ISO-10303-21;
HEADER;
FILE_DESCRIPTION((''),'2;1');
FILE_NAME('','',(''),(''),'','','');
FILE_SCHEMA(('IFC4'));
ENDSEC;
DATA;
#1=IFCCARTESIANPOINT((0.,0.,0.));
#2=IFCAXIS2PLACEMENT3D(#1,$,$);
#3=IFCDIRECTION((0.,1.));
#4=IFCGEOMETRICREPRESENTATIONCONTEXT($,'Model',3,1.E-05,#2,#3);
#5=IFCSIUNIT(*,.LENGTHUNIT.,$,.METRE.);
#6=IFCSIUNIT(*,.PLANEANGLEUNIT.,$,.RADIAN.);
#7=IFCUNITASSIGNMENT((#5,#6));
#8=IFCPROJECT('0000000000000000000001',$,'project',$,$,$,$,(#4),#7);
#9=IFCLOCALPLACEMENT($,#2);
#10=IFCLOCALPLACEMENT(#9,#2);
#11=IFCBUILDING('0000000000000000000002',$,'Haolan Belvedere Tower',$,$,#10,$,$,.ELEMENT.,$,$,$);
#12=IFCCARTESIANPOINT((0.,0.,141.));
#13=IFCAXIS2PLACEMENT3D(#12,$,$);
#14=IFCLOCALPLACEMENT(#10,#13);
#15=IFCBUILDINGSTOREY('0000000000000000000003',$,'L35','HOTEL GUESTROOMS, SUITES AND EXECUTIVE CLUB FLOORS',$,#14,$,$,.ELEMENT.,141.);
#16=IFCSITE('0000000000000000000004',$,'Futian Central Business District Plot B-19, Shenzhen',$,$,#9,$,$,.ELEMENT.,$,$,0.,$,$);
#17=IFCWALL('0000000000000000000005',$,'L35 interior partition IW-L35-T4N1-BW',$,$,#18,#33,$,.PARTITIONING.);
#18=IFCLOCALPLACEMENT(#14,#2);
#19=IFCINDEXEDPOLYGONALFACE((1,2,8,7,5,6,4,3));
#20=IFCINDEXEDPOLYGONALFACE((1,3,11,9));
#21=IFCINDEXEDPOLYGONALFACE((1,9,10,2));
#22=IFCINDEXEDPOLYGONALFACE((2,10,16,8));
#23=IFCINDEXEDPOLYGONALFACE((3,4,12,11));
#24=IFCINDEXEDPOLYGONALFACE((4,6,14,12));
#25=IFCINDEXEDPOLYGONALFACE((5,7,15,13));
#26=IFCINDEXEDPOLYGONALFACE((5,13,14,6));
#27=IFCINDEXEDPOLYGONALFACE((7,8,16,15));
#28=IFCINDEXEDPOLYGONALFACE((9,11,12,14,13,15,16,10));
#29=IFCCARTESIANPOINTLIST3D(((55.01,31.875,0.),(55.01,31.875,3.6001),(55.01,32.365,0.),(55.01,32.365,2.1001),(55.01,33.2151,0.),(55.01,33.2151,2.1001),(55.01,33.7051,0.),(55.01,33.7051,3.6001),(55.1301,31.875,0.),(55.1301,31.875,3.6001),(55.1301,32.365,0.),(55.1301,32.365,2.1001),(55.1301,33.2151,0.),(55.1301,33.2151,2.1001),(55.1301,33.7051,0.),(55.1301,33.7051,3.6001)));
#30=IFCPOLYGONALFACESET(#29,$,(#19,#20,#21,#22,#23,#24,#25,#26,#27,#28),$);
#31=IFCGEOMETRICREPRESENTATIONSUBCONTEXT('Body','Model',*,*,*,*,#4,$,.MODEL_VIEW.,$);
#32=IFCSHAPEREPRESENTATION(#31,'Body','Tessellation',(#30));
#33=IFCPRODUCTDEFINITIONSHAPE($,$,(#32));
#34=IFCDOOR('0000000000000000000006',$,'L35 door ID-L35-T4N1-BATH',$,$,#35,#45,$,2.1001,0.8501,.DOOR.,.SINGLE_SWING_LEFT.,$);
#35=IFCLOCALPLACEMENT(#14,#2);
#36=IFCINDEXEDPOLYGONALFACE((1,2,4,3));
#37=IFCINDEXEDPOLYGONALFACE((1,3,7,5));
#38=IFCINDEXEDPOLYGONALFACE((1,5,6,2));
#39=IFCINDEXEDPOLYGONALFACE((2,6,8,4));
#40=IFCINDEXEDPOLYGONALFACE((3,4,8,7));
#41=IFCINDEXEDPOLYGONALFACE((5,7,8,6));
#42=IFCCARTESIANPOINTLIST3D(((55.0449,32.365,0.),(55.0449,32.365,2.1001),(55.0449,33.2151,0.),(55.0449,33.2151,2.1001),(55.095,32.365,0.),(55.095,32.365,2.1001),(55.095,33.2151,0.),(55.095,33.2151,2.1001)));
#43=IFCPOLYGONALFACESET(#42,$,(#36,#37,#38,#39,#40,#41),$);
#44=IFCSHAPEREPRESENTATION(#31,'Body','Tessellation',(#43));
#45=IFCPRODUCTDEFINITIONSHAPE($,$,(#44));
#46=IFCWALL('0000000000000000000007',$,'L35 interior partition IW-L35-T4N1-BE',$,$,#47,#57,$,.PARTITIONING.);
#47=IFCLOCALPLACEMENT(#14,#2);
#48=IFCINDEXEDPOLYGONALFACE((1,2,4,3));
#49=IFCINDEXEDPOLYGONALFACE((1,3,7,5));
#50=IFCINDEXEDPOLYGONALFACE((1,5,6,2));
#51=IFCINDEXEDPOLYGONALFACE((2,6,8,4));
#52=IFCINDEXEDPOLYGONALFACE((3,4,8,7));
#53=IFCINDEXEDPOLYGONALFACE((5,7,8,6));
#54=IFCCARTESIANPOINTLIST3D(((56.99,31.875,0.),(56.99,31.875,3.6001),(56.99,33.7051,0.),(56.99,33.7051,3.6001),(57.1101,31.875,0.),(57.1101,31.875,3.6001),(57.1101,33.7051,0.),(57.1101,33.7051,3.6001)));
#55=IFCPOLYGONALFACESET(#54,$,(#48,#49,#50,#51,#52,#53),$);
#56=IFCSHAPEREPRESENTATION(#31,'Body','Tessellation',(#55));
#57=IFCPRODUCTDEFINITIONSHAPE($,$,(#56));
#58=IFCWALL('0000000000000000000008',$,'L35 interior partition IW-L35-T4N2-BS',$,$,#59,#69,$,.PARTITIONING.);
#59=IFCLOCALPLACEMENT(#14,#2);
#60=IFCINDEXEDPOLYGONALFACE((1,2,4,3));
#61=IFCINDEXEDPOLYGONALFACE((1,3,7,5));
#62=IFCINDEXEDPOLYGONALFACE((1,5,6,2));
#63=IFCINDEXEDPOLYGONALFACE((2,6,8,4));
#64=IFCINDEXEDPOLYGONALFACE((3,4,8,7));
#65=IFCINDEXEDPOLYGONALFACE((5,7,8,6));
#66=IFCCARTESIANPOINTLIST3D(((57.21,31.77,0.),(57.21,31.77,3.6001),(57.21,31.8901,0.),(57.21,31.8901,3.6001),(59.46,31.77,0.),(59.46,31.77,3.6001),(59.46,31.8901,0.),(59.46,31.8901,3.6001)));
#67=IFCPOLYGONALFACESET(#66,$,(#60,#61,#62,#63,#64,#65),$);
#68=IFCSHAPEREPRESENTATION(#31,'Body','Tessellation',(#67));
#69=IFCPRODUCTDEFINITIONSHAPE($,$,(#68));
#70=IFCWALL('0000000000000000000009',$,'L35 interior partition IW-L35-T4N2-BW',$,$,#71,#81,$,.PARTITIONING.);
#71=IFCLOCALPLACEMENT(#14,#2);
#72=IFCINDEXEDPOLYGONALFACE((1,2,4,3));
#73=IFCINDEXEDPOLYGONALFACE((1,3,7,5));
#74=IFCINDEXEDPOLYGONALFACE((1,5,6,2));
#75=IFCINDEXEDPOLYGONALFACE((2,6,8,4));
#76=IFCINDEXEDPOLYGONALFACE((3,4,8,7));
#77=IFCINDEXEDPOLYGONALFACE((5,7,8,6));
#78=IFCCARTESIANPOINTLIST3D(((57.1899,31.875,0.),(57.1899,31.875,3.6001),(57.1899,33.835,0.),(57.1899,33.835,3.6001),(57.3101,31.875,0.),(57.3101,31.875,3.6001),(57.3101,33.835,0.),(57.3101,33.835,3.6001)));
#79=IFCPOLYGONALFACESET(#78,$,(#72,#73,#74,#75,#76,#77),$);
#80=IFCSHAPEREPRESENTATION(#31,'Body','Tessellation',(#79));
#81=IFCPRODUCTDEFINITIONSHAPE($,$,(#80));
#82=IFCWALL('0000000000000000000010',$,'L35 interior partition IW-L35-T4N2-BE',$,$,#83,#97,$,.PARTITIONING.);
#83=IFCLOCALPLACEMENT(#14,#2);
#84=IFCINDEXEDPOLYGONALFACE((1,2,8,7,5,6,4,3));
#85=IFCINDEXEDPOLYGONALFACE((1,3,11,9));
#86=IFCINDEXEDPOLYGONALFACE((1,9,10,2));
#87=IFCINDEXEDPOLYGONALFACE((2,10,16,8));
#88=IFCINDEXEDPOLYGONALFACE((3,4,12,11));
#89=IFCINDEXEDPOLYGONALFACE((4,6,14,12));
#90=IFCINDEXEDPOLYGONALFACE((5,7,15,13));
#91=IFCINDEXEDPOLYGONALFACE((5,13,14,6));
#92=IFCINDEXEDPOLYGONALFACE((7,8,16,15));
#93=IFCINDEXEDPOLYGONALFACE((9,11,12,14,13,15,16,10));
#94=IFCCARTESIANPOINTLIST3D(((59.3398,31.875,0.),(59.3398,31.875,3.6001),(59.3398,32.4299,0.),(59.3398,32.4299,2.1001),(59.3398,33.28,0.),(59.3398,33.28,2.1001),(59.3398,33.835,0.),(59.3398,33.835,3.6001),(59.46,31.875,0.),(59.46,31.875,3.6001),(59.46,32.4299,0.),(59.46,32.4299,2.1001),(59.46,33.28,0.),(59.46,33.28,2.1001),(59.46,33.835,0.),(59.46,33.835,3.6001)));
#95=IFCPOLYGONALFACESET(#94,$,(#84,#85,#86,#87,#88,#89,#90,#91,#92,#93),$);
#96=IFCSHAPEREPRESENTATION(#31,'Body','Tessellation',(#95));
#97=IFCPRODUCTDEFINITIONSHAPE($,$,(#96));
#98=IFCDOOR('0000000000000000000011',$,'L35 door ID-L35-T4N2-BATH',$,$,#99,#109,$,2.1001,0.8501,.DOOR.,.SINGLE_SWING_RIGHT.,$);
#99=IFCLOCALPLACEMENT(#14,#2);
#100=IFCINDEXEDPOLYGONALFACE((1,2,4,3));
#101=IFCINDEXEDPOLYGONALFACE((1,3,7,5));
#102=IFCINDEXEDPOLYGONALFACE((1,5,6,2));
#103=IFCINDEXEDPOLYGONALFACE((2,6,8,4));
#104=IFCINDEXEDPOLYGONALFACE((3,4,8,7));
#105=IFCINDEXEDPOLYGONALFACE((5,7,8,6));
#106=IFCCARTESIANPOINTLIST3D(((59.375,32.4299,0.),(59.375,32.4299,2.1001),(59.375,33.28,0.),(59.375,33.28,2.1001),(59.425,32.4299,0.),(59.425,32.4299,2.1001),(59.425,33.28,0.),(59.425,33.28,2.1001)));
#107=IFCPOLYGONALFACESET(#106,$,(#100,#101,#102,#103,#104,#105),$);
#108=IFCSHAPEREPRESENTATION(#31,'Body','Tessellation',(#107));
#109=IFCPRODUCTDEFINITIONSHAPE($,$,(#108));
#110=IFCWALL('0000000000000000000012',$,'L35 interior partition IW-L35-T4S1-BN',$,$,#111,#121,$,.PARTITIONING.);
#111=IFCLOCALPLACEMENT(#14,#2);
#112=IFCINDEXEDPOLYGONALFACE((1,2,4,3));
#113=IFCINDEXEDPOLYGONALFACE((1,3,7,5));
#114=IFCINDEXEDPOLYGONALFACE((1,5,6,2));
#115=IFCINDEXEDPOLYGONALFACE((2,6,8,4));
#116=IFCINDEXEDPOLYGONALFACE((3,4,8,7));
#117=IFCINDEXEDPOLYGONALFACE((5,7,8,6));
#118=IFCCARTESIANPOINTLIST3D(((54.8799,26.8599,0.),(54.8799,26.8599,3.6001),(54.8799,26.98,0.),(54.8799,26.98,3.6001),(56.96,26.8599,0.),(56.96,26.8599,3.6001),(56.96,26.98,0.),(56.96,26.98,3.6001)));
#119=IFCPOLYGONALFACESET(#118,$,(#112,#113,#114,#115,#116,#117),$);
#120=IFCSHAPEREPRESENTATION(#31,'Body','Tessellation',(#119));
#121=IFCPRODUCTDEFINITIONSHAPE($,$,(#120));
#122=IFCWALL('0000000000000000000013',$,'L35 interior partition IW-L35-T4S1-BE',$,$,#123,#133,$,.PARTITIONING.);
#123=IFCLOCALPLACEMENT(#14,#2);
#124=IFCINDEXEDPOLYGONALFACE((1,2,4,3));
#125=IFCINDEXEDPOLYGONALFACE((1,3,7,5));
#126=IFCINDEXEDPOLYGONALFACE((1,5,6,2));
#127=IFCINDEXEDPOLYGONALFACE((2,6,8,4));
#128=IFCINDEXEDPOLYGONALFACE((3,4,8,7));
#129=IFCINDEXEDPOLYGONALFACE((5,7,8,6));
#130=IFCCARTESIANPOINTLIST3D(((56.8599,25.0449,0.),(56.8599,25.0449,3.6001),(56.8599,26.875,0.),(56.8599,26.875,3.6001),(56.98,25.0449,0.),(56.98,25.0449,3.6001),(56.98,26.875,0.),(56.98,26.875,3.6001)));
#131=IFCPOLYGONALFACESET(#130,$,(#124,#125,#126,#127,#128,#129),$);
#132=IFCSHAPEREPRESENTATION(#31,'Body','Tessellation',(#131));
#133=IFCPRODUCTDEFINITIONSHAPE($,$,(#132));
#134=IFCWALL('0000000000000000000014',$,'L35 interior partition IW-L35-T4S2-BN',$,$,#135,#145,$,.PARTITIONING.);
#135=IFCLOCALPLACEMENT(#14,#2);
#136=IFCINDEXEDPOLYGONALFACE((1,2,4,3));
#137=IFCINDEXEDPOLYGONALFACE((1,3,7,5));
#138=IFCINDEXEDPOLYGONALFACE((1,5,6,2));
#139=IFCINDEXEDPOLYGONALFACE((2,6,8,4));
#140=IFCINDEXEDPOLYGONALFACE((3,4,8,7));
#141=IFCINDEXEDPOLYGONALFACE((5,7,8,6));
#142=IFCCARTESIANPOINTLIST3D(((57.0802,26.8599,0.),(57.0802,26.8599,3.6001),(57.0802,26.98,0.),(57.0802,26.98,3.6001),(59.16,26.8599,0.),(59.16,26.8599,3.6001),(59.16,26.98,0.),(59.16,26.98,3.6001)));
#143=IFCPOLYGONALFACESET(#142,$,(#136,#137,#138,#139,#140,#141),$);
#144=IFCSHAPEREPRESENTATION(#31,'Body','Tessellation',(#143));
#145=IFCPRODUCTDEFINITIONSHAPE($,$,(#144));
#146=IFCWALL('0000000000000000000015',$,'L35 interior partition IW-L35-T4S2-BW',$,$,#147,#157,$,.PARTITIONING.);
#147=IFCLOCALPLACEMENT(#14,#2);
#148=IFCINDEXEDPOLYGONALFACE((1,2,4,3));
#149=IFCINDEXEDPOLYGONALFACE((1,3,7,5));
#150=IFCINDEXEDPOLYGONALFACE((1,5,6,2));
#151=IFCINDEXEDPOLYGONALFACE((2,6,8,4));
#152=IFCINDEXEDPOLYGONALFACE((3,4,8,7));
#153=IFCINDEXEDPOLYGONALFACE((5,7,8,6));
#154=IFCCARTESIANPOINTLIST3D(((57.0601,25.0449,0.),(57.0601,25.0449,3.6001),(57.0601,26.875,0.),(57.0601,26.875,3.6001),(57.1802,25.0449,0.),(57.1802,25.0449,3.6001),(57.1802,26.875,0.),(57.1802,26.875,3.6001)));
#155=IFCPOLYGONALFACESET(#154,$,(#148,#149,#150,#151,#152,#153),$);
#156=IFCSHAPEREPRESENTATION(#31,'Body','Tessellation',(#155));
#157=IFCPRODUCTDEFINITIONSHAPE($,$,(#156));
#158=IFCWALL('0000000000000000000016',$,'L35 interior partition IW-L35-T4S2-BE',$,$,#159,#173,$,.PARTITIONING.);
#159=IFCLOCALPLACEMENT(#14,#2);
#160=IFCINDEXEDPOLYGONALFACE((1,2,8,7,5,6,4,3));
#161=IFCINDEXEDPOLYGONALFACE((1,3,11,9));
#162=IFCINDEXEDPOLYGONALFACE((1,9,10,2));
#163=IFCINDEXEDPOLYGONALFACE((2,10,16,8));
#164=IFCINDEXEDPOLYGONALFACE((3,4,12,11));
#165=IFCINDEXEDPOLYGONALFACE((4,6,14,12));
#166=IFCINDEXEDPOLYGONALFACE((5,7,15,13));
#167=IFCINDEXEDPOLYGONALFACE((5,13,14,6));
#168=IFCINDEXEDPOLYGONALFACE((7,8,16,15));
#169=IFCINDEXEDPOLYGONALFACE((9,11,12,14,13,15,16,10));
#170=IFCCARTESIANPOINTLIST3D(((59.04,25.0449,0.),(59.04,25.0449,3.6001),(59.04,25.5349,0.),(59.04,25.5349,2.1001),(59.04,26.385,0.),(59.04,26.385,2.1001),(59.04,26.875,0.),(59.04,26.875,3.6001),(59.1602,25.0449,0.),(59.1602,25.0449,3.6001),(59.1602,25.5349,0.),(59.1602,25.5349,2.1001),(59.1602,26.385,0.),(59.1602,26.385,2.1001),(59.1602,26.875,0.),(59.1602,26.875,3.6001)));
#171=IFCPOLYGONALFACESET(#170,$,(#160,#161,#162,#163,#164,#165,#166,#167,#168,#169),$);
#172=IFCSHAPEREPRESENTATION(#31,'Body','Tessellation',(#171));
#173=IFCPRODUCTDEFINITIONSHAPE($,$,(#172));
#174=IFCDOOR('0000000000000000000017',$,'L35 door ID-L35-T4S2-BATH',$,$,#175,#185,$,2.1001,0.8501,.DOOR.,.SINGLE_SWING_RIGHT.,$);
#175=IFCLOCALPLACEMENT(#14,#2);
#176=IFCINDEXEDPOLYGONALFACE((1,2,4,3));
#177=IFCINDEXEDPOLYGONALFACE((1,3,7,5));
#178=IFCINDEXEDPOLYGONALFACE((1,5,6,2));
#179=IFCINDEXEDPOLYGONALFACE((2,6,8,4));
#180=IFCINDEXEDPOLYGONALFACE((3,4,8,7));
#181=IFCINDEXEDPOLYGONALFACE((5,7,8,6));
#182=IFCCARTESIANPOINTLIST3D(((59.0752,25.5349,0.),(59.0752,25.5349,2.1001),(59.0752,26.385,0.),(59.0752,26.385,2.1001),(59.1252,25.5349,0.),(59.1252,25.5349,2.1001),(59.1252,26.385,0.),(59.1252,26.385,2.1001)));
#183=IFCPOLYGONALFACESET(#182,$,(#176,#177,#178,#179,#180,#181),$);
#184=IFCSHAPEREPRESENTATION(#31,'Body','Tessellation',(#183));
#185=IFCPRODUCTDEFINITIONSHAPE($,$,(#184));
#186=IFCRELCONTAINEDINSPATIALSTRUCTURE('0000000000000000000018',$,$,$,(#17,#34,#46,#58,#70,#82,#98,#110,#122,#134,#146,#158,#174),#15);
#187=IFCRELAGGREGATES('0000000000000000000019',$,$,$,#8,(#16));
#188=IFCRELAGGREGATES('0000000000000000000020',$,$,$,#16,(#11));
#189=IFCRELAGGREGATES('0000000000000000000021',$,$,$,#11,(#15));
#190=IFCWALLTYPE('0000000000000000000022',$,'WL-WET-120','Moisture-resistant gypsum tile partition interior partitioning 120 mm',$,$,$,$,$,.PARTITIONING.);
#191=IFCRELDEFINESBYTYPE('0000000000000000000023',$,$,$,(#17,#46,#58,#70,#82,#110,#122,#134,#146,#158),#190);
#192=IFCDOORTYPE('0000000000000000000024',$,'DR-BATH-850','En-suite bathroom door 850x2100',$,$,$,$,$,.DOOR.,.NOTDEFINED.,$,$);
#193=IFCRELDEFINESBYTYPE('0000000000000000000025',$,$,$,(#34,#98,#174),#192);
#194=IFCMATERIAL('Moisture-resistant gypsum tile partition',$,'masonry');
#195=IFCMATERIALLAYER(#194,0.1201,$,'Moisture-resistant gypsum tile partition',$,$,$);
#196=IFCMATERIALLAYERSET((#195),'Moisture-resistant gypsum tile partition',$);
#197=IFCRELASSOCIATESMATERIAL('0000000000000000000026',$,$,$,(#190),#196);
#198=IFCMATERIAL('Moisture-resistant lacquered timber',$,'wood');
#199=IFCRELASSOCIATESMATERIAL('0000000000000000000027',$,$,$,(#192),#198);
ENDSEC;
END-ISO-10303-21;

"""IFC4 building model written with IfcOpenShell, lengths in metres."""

from ifc_helpers import new_model, si_unit, direction, frame, frame_2d, origin, place, context, subcontext, project, spatial, rectangle, extrude, material, layer, layer_set, type_object, element, fill, save


model = new_model("IFC4")

# Units and contexts
model_context = context("Model", 3, precision=1e-05, world=origin(), true_north=direction((0.0, 1.0)))
body_context = subcontext(model_context, "Body", "Model", "MODEL_VIEW")
ifc_project = project(units=[si_unit("LENGTHUNIT", "METRE"), si_unit("PLANEANGLEUNIT", "RADIAN")], contexts=[model_context])

# Site, building, storey
site_placement = place(None, origin())
site = spatial("IfcSite", under=ifc_project, at=site_placement, Name="Futian Central Business District Plot B-19, Shenzhen", CompositionType="ELEMENT", RefElevation=0.0)
building_placement = place(site_placement, origin())
building = spatial("IfcBuilding", under=site, at=building_placement, Name="Haolan Belvedere Tower", CompositionType="ELEMENT")
storey_placement = place(building_placement, frame((0.0, 0.0, 141.0)))
storey = spatial("IfcBuildingStorey", under=building, at=storey_placement, Name="L35", Description="HOTEL GUESTROOMS, SUITES AND EXECUTIVE CLUB FLOORS", CompositionType="ELEMENT", Elevation=141.0)

# Shared definitions
ifc_material_1 = material(Name="Moisture-resistant gypsum tile partition", Category="masonry")
ifc_layer_1 = layer(ifc_material_1, 0.1201, Name="Moisture-resistant gypsum tile partition")
ifc_layer_set_1 = layer_set([ifc_layer_1], Name="Moisture-resistant gypsum tile partition")
wall_type_1 = type_object("IfcWallType", Name="WL-WET-120", Description="Moisture-resistant gypsum tile partition interior partitioning 120 mm", PredefinedType="PARTITIONING", material=ifc_layer_set_1)

# Wall, opening, door
wall_1_placement = place(storey_placement, frame((55.0701, 31.875, 0.0), z_axis=(0.0, 0.0, 1.0), x_axis=(0.0, 1.0, 0.0)))
wall_1 = element("IfcWall", 1, at=wall_1_placement, inside=storey, type_object=wall_type_1, Name="L35 interior partition IW-L35-T4N1-BW", PredefinedType="PARTITIONING", context=body_context, shape_type="SweptSolid", body=[
    extrude(rectangle(XDim=1.8301, YDim=0.1201, at=frame_2d((0.915, 0.0))), origin(), (0.0, 0.0, 1.0), 3.6001),
])
opening_1_placement = place(wall_1_placement, frame((1.3401, 0.0, 0.0), z_axis=(0.0, 0.0, 1.0), x_axis=(-1.0, 0.0, 0.0)))
opening_1 = element("IfcOpeningElement", 2, at=opening_1_placement, cuts=wall_1, PredefinedType="OPENING", context=body_context, shape_type="SweptSolid", body=[
    extrude(rectangle(XDim=0.8501, YDim=2.1001, at=frame_2d((0.425, 1.05))), frame((0.0, 0.0701, 0.0), z_axis=(0.0, -1.0, 0.0), x_axis=(1.0, 0.0, 0.0)), (0.0, 0.0, 1.0), 0.1401),
])
ifc_material_2 = material(Name="Moisture-resistant lacquered timber", Category="wood")
door_type_1 = type_object("IfcDoorType", Name="DR-BATH-850", Description="En-suite bathroom door 850x2100", OperationType="NOTDEFINED", PredefinedType="DOOR", material=ifc_material_2)
door_1_placement = place(opening_1_placement, origin())
door_1 = element("IfcDoor", 3, at=door_1_placement, inside=storey, type_object=door_type_1, Name="L35 door ID-L35-T4N1-BATH", OperationType="SINGLE_SWING_LEFT", OverallHeight=2.1001, OverallWidth=0.8501, PredefinedType="DOOR", context=body_context, shape_type="SweptSolid", body=[
    extrude(rectangle(XDim=0.8501, YDim=2.1001, at=frame_2d((0.425, 1.05))), frame((0.0, 0.0249, 0.0), z_axis=(0.0, -1.0, 0.0), x_axis=(1.0, 0.0, 0.0)), (0.0, 0.0, 1.0), 0.05),
])
fill(opening_1, door_1)

# Walls
wall_2_placement = place(storey_placement, frame((57.05, 31.875, 0.0), z_axis=(0.0, 0.0, 1.0), x_axis=(0.0, 1.0, 0.0)))
element("IfcWall", 4, at=wall_2_placement, inside=storey, type_object=wall_type_1, Name="L35 interior partition IW-L35-T4N1-BE", PredefinedType="PARTITIONING", context=body_context, shape_type="SweptSolid", body=[
    extrude(rectangle(XDim=1.8301, YDim=0.1201, at=frame_2d((0.915, 0.0))), origin(), (0.0, 0.0, 1.0), 3.6001),
])
wall_3_placement = place(storey_placement, frame((57.21, 31.8301, 0.0), z_axis=(0.0, 0.0, 1.0), x_axis=(1.0, 0.0, 0.0)))
element("IfcWall", 5, at=wall_3_placement, inside=storey, type_object=wall_type_1, Name="L35 interior partition IW-L35-T4N2-BS", PredefinedType="PARTITIONING", context=body_context, shape_type="SweptSolid", body=[
    extrude(rectangle(XDim=2.25, YDim=0.1201, at=frame_2d((1.125, 0.0))), origin(), (0.0, 0.0, 1.0), 3.6001),
])
wall_4_placement = place(storey_placement, frame((57.25, 31.875, 0.0), z_axis=(0.0, 0.0, 1.0), x_axis=(0.0, 1.0, 0.0)))
element("IfcWall", 6, at=wall_4_placement, inside=storey, type_object=wall_type_1, Name="L35 interior partition IW-L35-T4N2-BW", PredefinedType="PARTITIONING", context=body_context, shape_type="SweptSolid", body=[
    extrude(rectangle(XDim=1.96, YDim=0.1201, at=frame_2d((0.98, 0.0))), origin(), (0.0, 0.0, 1.0), 3.6001),
])

# Wall, opening, door
wall_5_placement = place(storey_placement, frame((59.3999, 31.875, 0.0), z_axis=(0.0, 0.0, 1.0), x_axis=(0.0, 1.0, 0.0)))
wall_5 = element("IfcWall", 7, at=wall_5_placement, inside=storey, type_object=wall_type_1, Name="L35 interior partition IW-L35-T4N2-BE", PredefinedType="PARTITIONING", context=body_context, shape_type="SweptSolid", body=[
    extrude(rectangle(XDim=1.96, YDim=0.1201, at=frame_2d((0.98, 0.0))), origin(), (0.0, 0.0, 1.0), 3.6001),
])
opening_2_placement = place(wall_5_placement, frame((0.5549, 0.0, 0.0)))
opening_2 = element("IfcOpeningElement", 8, at=opening_2_placement, cuts=wall_5, PredefinedType="OPENING", context=body_context, shape_type="SweptSolid", body=[
    extrude(rectangle(XDim=0.8501, YDim=2.1001, at=frame_2d((0.425, 1.05))), frame((0.0, 0.0701, 0.0), z_axis=(0.0, -1.0, 0.0), x_axis=(1.0, 0.0, 0.0)), (0.0, 0.0, 1.0), 0.1401),
])
door_2_placement = place(opening_2_placement, origin())
door_2 = element("IfcDoor", 9, at=door_2_placement, inside=storey, type_object=door_type_1, Name="L35 door ID-L35-T4N2-BATH", OperationType="SINGLE_SWING_RIGHT", OverallHeight=2.1001, OverallWidth=0.8501, PredefinedType="DOOR", context=body_context, shape_type="SweptSolid", body=[
    extrude(rectangle(XDim=0.8501, YDim=2.1001, at=frame_2d((0.425, 1.05))), frame((0.0, 0.0249, 0.0), z_axis=(0.0, -1.0, 0.0), x_axis=(1.0, 0.0, 0.0)), (0.0, 0.0, 1.0), 0.05),
])
fill(opening_2, door_2)

# Walls
wall_6_placement = place(storey_placement, frame((54.8799, 26.9199, 0.0), z_axis=(0.0, 0.0, 1.0), x_axis=(1.0, 0.0, 0.0)))
element("IfcWall", 10, at=wall_6_placement, inside=storey, type_object=wall_type_1, Name="L35 interior partition IW-L35-T4S1-BN", PredefinedType="PARTITIONING", context=body_context, shape_type="SweptSolid", body=[
    extrude(rectangle(XDim=2.0801, YDim=0.1201, at=frame_2d((1.04, 0.0))), origin(), (0.0, 0.0, 1.0), 3.6001),
])
wall_7_placement = place(storey_placement, frame((56.9199, 25.0449, 0.0), z_axis=(0.0, 0.0, 1.0), x_axis=(0.0, 1.0, 0.0)))
element("IfcWall", 11, at=wall_7_placement, inside=storey, type_object=wall_type_1, Name="L35 interior partition IW-L35-T4S1-BE", PredefinedType="PARTITIONING", context=body_context, shape_type="SweptSolid", body=[
    extrude(rectangle(XDim=1.8301, YDim=0.1201, at=frame_2d((0.915, 0.0))), origin(), (0.0, 0.0, 1.0), 3.6001),
])
wall_8_placement = place(storey_placement, frame((57.0801, 26.9199, 0.0), z_axis=(0.0, 0.0, 1.0), x_axis=(1.0, 0.0, 0.0)))
element("IfcWall", 12, at=wall_8_placement, inside=storey, type_object=wall_type_1, Name="L35 interior partition IW-L35-T4S2-BN", PredefinedType="PARTITIONING", context=body_context, shape_type="SweptSolid", body=[
    extrude(rectangle(XDim=2.0798, YDim=0.1201, at=frame_2d((1.04, 0.0))), origin(), (0.0, 0.0, 1.0), 3.6001),
])
wall_9_placement = place(storey_placement, frame((57.1201, 25.0449, 0.0), z_axis=(0.0, 0.0, 1.0), x_axis=(0.0, 1.0, 0.0)))
element("IfcWall", 13, at=wall_9_placement, inside=storey, type_object=wall_type_1, Name="L35 interior partition IW-L35-T4S2-BW", PredefinedType="PARTITIONING", context=body_context, shape_type="SweptSolid", body=[
    extrude(rectangle(XDim=1.8301, YDim=0.1201, at=frame_2d((0.915, 0.0))), origin(), (0.0, 0.0, 1.0), 3.6001),
])

# Wall, opening, door
wall_10_placement = place(storey_placement, frame((59.1001, 25.0449, 0.0), z_axis=(0.0, 0.0, 1.0), x_axis=(0.0, 1.0, 0.0)))
wall_10 = element("IfcWall", 14, at=wall_10_placement, inside=storey, type_object=wall_type_1, Name="L35 interior partition IW-L35-T4S2-BE", PredefinedType="PARTITIONING", context=body_context, shape_type="SweptSolid", body=[
    extrude(rectangle(XDim=1.8301, YDim=0.1201, at=frame_2d((0.915, 0.0))), origin(), (0.0, 0.0, 1.0), 3.6001),
])
opening_3_placement = place(wall_10_placement, frame((0.49, 0.0, 0.0)))
opening_3 = element("IfcOpeningElement", 15, at=opening_3_placement, cuts=wall_10, PredefinedType="OPENING", context=body_context, shape_type="SweptSolid", body=[
    extrude(rectangle(XDim=0.8501, YDim=2.1001, at=frame_2d((0.425, 1.05))), frame((0.0, 0.0701, 0.0), z_axis=(0.0, -1.0, 0.0), x_axis=(1.0, 0.0, 0.0)), (0.0, 0.0, 1.0), 0.1401),
])
door_3_placement = place(opening_3_placement, origin())
door_3 = element("IfcDoor", 16, at=door_3_placement, inside=storey, type_object=door_type_1, Name="L35 door ID-L35-T4S2-BATH", OperationType="SINGLE_SWING_RIGHT", OverallHeight=2.1001, OverallWidth=0.8501, PredefinedType="DOOR", context=body_context, shape_type="SweptSolid", body=[
    extrude(rectangle(XDim=0.8501, YDim=2.1001, at=frame_2d((0.425, 1.05))), frame((0.0, 0.0249, 0.0), z_axis=(0.0, -1.0, 0.0), x_axis=(1.0, 0.0, 0.0)), (0.0, 0.0, 1.0), 0.05),
])
fill(opening_3, door_3)

save(model, "model.ifc")
